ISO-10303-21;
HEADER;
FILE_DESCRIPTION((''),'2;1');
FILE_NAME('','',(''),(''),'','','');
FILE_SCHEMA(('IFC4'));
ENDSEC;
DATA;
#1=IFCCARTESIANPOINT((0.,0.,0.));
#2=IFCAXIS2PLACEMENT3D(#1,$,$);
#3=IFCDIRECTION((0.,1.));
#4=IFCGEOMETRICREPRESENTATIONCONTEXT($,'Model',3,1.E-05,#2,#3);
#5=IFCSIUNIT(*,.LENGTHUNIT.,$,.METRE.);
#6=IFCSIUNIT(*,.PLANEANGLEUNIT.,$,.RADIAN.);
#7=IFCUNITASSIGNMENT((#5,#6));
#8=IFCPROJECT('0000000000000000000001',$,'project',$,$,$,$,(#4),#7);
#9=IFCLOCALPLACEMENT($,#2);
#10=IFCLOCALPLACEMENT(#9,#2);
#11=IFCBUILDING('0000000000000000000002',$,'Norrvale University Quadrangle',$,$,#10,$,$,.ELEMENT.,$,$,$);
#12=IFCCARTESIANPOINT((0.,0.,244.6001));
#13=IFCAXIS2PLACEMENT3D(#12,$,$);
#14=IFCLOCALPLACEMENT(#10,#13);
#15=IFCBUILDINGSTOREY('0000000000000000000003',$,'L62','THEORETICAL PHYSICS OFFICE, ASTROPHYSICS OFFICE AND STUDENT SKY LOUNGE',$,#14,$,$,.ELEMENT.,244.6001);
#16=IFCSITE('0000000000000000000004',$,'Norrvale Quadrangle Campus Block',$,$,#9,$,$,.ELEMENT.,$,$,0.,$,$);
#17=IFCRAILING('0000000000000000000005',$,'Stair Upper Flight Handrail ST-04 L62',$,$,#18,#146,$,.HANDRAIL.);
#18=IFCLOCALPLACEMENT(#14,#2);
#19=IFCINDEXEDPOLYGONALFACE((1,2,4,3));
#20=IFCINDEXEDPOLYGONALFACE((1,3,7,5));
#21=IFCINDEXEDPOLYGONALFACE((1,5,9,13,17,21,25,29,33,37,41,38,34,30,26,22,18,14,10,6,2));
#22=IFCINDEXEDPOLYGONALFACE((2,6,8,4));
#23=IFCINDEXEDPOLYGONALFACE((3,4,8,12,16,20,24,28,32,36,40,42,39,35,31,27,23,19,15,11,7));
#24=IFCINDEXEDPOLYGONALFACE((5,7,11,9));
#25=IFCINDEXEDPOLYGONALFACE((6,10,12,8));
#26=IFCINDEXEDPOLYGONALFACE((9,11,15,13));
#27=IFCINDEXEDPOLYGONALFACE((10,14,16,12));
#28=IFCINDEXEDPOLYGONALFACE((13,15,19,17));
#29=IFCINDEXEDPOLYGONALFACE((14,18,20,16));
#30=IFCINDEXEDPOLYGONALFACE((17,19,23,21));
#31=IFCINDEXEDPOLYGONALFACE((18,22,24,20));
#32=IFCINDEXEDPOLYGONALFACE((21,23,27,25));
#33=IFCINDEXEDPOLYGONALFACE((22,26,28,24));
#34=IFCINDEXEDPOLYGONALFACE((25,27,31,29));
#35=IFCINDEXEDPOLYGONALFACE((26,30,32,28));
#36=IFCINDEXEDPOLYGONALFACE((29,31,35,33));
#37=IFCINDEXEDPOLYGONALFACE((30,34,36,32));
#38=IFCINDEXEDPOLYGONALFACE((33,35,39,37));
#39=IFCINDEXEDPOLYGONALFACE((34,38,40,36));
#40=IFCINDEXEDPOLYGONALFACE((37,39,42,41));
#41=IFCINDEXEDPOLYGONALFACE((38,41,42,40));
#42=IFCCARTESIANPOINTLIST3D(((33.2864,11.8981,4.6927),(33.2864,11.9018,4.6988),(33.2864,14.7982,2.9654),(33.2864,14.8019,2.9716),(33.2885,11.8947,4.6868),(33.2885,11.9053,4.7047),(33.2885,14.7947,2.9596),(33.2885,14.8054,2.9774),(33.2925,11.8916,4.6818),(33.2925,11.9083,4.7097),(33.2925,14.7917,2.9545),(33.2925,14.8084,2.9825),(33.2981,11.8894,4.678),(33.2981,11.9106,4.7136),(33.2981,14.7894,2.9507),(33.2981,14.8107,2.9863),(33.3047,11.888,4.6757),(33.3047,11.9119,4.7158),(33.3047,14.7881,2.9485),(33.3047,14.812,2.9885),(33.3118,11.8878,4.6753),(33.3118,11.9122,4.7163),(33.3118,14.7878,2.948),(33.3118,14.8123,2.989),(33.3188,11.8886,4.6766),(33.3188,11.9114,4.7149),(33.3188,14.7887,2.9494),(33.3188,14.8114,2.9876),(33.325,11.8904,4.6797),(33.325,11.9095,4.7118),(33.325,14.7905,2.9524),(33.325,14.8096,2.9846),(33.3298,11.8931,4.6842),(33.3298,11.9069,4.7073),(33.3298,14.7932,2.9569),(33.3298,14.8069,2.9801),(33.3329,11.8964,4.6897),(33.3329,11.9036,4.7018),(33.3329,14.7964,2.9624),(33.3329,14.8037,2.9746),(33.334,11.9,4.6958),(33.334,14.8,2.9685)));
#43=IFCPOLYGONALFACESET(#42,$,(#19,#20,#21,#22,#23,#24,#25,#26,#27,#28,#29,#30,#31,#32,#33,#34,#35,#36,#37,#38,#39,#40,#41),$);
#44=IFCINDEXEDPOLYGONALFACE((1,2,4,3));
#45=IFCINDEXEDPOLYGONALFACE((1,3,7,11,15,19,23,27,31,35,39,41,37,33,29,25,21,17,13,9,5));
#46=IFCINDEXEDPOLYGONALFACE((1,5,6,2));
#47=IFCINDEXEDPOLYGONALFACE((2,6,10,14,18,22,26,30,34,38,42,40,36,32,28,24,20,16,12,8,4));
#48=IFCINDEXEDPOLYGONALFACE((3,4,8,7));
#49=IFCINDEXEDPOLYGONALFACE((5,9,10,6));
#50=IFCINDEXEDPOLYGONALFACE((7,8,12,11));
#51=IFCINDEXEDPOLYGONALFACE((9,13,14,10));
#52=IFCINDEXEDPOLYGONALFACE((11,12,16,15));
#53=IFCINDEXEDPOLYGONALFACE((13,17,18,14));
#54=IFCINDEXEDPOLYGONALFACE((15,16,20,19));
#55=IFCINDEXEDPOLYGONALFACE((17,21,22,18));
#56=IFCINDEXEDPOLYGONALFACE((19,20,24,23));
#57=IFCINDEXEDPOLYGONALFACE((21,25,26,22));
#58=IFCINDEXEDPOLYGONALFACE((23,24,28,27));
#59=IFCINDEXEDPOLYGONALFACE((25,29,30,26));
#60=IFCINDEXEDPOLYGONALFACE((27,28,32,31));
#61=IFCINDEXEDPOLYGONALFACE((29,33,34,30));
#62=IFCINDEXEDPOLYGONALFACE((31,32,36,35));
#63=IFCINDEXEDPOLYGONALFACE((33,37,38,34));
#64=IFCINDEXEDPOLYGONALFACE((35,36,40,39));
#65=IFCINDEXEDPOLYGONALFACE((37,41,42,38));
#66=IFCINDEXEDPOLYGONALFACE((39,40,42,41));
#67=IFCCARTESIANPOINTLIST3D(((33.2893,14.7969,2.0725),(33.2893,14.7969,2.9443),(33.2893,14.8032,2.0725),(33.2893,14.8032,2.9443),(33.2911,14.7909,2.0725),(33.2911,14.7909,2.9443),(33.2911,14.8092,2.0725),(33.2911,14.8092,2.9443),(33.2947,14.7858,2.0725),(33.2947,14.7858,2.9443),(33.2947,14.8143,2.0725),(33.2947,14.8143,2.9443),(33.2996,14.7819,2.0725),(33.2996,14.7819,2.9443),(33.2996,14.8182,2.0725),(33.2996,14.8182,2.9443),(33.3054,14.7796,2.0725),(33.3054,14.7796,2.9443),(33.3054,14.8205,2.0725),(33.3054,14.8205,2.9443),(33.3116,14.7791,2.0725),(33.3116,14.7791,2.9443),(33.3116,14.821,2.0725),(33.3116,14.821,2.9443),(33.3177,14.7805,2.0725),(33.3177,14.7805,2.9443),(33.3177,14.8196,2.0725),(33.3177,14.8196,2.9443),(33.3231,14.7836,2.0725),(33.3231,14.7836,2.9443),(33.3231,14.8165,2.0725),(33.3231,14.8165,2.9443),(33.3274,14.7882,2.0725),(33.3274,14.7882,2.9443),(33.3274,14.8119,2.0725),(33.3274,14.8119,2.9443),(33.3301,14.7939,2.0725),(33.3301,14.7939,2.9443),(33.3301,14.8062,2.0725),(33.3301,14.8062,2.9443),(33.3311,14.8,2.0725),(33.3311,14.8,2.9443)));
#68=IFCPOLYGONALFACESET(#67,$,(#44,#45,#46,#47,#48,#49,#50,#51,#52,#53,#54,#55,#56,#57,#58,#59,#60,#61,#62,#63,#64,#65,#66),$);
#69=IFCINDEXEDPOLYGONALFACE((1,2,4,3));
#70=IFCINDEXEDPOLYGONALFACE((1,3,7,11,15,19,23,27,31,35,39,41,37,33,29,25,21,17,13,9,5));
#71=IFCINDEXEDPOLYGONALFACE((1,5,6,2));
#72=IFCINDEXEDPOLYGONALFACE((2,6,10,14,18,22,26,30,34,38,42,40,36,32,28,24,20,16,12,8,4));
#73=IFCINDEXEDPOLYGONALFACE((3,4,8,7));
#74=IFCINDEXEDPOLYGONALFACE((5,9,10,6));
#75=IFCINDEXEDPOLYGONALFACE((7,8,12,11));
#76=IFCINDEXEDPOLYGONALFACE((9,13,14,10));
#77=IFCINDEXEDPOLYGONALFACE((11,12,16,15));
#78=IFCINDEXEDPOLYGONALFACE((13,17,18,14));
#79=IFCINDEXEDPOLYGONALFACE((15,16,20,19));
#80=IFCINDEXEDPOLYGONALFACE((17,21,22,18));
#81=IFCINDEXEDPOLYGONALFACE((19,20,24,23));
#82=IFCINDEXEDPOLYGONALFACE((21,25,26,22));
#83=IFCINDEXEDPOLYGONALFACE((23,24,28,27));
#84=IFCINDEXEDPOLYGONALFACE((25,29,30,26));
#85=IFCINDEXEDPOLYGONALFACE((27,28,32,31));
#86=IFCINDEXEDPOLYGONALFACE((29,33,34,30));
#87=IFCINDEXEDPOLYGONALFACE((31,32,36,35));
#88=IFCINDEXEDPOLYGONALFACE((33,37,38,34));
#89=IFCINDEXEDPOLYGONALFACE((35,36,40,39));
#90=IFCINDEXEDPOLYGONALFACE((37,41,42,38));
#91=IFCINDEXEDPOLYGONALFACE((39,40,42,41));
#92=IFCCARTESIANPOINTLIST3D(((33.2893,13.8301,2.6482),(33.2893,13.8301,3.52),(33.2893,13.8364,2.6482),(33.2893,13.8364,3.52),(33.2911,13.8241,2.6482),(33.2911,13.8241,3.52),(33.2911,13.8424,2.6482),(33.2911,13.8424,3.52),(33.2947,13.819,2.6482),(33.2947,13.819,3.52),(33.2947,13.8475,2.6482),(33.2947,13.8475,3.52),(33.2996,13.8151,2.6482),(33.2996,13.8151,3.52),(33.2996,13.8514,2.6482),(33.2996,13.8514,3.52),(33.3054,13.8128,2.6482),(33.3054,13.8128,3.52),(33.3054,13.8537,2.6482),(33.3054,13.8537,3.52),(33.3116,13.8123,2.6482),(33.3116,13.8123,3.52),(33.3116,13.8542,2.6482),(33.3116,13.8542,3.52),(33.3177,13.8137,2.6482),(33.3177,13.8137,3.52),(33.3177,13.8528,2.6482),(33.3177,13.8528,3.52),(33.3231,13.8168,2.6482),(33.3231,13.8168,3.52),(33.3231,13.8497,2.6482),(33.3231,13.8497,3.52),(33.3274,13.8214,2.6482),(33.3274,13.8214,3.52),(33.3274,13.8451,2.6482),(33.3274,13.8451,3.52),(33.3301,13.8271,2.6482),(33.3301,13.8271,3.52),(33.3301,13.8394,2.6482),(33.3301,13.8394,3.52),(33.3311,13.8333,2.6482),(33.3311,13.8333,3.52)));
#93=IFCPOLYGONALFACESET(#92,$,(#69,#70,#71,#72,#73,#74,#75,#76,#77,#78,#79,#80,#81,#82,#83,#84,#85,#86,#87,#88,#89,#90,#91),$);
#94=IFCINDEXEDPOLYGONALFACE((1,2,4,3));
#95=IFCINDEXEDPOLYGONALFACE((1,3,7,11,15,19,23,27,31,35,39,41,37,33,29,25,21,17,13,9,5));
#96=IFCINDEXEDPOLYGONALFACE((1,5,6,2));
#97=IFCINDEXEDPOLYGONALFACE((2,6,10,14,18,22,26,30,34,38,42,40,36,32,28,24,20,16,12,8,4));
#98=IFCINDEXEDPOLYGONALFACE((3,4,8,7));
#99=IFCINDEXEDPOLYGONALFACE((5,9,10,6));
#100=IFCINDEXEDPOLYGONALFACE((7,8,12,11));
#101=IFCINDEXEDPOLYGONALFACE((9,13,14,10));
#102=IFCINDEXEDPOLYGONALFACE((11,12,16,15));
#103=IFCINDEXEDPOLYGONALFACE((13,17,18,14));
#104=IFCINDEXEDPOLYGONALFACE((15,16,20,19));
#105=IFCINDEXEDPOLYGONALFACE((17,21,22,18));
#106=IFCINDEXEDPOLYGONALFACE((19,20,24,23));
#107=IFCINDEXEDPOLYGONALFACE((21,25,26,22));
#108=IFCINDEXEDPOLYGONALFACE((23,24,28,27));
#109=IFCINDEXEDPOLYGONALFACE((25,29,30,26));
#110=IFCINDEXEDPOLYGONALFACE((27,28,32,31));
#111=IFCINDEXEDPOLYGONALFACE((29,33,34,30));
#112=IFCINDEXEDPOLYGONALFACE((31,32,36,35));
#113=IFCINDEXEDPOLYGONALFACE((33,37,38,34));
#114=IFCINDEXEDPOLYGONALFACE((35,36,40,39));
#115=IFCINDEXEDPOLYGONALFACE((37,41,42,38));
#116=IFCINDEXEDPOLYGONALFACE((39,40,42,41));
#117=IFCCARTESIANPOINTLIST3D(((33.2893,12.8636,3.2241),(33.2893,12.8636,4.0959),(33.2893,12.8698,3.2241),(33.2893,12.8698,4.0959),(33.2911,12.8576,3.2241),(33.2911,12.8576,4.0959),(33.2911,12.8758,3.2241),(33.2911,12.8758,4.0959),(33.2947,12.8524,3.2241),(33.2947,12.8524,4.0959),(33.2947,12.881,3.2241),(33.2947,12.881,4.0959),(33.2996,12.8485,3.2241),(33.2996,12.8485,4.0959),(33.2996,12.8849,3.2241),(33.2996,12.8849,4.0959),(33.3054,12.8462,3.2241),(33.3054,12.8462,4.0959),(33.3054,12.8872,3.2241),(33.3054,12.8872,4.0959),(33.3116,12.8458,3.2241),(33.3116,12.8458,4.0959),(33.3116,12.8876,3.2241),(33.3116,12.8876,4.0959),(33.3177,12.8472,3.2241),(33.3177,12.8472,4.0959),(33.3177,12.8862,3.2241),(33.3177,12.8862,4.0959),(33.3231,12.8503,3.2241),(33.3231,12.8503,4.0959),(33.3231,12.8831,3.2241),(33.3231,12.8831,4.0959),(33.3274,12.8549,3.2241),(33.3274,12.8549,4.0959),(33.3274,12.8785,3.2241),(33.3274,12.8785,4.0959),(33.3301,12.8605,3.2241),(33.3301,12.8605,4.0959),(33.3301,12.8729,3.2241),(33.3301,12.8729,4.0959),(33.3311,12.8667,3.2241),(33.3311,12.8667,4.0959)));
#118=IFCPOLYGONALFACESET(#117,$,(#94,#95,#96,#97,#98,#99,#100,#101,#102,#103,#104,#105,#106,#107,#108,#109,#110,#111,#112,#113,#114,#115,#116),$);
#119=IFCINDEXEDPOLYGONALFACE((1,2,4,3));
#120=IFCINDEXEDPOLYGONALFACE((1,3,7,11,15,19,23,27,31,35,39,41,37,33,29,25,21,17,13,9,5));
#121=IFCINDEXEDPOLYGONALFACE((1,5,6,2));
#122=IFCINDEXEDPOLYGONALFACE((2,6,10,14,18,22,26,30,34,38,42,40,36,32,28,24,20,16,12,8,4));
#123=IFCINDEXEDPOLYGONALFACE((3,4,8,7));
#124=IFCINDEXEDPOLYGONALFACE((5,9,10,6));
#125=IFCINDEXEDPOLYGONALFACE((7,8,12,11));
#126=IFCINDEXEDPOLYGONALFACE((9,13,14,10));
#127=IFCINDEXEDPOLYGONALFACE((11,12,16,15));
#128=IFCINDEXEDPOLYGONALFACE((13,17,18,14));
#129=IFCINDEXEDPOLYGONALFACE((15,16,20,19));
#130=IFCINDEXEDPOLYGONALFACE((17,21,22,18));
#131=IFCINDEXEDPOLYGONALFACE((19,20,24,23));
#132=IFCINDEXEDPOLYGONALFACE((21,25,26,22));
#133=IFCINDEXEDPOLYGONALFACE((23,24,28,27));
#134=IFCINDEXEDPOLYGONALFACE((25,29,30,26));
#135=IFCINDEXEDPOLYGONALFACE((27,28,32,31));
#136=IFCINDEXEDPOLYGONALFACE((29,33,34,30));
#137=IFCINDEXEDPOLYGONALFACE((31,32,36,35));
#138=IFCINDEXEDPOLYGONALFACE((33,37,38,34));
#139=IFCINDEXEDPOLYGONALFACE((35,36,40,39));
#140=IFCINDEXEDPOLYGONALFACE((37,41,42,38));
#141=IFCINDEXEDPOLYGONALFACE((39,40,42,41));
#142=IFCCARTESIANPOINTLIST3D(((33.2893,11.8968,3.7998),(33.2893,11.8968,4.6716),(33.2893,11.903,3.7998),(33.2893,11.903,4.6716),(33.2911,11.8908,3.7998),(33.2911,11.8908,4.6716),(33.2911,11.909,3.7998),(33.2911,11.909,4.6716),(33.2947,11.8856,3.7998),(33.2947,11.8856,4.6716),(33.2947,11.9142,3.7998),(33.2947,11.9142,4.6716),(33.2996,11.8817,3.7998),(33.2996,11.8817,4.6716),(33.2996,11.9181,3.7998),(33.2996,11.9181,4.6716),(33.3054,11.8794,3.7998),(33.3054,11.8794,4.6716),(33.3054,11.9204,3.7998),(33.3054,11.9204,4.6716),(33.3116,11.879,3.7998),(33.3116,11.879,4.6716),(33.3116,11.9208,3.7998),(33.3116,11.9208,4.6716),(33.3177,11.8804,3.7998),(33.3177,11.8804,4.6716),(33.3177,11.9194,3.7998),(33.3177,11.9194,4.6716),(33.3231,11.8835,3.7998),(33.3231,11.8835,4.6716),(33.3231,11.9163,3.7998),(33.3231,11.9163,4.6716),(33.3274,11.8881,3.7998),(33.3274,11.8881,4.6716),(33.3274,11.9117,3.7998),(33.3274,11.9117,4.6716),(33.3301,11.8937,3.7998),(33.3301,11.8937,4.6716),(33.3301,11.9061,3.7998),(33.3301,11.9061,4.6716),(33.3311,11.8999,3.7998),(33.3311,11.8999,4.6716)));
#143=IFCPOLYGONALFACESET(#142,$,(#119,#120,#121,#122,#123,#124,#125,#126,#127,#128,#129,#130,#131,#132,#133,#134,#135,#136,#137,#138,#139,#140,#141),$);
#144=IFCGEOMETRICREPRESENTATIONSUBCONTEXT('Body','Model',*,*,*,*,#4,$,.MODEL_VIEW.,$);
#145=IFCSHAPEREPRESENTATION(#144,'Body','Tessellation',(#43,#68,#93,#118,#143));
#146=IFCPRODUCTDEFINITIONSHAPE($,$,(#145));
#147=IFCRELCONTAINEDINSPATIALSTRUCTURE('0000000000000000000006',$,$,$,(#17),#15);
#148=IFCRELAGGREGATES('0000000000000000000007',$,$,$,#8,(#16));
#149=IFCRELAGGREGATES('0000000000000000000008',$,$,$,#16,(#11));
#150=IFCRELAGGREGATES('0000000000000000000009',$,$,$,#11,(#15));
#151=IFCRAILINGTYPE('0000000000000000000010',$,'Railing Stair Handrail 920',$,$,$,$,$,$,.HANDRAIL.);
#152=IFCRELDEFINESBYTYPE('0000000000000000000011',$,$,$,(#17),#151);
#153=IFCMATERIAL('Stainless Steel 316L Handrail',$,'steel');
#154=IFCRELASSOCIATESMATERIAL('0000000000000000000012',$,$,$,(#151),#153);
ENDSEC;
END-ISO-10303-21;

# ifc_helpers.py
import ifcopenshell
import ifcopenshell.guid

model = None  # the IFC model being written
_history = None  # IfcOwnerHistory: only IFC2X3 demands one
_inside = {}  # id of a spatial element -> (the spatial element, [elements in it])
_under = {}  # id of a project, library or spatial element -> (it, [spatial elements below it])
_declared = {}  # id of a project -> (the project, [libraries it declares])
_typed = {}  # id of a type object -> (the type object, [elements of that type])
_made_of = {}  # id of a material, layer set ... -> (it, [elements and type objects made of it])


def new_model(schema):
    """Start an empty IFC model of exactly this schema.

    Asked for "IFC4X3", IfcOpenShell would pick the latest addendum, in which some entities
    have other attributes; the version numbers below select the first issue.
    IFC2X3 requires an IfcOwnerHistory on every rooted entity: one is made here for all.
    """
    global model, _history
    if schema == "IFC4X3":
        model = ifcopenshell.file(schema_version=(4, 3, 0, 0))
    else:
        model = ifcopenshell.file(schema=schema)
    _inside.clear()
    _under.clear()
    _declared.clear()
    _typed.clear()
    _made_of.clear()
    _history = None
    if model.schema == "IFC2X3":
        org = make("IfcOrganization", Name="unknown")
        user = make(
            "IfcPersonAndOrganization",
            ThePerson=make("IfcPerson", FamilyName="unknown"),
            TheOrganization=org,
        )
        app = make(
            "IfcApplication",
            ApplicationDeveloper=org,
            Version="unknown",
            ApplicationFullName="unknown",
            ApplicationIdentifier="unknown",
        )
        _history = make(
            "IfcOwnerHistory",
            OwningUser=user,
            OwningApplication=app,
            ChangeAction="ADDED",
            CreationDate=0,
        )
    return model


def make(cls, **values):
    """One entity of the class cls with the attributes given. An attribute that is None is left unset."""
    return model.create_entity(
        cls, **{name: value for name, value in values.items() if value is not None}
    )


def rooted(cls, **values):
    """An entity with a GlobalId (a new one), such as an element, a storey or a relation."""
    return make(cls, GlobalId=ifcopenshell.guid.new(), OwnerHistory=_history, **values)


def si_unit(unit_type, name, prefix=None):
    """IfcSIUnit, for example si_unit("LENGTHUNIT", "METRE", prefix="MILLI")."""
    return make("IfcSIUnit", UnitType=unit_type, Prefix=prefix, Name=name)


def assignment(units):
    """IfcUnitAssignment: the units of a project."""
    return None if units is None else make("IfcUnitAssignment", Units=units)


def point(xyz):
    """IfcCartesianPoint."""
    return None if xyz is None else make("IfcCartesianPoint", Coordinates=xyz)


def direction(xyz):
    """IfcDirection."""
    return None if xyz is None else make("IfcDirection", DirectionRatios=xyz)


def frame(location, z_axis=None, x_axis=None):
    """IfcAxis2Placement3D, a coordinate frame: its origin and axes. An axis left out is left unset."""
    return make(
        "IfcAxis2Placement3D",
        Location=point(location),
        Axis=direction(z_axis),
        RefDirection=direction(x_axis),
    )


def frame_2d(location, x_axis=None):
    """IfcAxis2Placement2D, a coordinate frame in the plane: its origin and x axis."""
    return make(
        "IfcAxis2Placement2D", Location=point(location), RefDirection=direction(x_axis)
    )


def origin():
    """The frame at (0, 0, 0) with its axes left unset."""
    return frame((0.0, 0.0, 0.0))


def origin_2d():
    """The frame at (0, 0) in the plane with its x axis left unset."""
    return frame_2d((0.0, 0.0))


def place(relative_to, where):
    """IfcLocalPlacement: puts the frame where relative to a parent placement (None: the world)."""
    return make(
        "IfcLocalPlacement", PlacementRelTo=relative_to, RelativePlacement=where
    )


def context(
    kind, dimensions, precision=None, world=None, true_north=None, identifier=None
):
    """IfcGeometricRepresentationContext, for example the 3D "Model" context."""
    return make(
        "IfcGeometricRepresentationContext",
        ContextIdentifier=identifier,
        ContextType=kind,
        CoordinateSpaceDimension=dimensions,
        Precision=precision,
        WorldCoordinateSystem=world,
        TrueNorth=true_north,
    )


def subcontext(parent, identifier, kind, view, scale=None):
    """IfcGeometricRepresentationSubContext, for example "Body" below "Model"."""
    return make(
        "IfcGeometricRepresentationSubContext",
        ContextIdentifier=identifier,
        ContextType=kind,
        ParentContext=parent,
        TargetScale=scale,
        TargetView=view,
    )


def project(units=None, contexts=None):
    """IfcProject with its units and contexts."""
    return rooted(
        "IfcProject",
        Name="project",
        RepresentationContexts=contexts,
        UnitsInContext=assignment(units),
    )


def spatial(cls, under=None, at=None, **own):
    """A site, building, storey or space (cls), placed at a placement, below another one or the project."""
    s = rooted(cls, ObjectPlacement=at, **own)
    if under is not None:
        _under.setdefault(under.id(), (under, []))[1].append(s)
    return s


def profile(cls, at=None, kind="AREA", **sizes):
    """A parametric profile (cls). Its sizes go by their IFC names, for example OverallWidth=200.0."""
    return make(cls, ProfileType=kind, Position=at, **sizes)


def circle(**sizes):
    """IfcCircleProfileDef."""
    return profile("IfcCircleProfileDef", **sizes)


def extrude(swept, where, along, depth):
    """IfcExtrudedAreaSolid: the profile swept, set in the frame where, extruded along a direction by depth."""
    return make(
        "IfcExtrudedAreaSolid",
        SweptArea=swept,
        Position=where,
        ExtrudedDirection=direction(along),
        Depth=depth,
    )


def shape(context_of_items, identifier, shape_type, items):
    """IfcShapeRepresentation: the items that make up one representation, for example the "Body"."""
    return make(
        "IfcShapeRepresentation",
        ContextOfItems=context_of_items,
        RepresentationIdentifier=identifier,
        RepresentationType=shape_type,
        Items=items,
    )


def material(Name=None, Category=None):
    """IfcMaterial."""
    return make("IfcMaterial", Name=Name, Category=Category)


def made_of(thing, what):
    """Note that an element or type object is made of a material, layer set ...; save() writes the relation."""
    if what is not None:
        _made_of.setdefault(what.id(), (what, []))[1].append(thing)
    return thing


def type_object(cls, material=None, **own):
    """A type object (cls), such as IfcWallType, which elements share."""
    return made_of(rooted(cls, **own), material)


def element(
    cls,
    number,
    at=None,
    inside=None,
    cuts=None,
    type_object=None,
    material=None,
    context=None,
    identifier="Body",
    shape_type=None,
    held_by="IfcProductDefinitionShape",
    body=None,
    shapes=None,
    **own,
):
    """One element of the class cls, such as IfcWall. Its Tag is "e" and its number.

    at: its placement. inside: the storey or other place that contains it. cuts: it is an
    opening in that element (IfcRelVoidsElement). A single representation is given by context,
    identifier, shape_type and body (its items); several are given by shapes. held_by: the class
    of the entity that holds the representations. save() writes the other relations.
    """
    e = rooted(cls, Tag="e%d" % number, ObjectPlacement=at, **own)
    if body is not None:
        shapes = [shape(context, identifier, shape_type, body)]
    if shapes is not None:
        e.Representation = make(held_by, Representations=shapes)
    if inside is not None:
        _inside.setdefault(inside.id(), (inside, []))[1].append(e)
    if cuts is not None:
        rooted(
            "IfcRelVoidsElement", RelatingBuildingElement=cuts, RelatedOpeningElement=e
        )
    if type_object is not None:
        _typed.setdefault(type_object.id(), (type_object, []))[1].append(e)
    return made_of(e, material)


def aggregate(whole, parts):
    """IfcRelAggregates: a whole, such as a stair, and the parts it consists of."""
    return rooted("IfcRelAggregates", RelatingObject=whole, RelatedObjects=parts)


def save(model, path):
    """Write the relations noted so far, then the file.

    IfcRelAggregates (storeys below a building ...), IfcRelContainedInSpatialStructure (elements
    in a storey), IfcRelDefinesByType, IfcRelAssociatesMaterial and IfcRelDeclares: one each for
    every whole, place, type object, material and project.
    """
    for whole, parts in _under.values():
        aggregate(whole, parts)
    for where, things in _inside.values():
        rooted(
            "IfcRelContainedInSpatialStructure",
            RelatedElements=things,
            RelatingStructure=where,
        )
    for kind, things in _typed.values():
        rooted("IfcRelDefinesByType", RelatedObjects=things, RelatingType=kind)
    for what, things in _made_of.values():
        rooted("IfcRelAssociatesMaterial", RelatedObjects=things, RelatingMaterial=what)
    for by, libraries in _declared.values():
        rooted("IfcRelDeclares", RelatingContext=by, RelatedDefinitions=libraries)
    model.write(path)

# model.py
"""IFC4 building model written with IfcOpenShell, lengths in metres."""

from ifc_helpers import new_model, si_unit, direction, frame, origin, origin_2d, place, context, subcontext, project, spatial, circle, extrude, material, type_object, element, save


model = new_model("IFC4")

# Units and contexts
model_context = context("Model", 3, precision=1e-05, world=origin(), true_north=direction((0.0, 1.0)))
body_context = subcontext(model_context, "Body", "Model", "MODEL_VIEW")
ifc_project = project(units=[si_unit("LENGTHUNIT", "METRE"), si_unit("PLANEANGLEUNIT", "RADIAN")], contexts=[model_context])

# Site, building, storey
site_placement = place(None, origin())
site = spatial("IfcSite", under=ifc_project, at=site_placement, Name="Norrvale Quadrangle Campus Block", CompositionType="ELEMENT", RefElevation=0.0)
building_placement = place(site_placement, origin())
building = spatial("IfcBuilding", under=site, at=building_placement, Name="Norrvale University Quadrangle", CompositionType="ELEMENT")
storey_placement = place(building_placement, frame((0.0, 0.0, 244.6001)))
storey = spatial("IfcBuildingStorey", under=building, at=storey_placement, Name="L62", Description="THEORETICAL PHYSICS OFFICE, ASTROPHYSICS OFFICE AND STUDENT SKY LOUNGE", CompositionType="ELEMENT", Elevation=244.6001)

# Railing
ifc_material_1 = material(Name="Stainless Steel 316L Handrail", Category="steel")
railing_type_1 = type_object("IfcRailingType", Name="Railing Stair Handrail 920", PredefinedType="HANDRAIL", material=ifc_material_1)
railing_1_placement = place(storey_placement, frame((33.3101, 14.8, 2.0725)))
element("IfcRailing", 1, at=railing_1_placement, inside=storey, type_object=railing_type_1, Name="Stair Upper Flight Handrail ST-04 L62", PredefinedType="HANDRAIL", context=body_context, shape_type="SweptSolid", body=[
    extrude(circle(Radius=0.0239, at=origin_2d()), frame((0.0, 0.0, 0.896), z_axis=(0.0, -0.85916, 0.511706), x_axis=(1.0, 0.0, 0.0)), (0.0, 0.0, 1.0), 3.3755),
    extrude(circle(Radius=0.021, at=origin_2d()), origin(), (0.0, 0.0, 1.0), 0.8718),
    extrude(circle(Radius=0.021, at=origin_2d()), frame((0.0, -0.9668, 0.5757)), (0.0, 0.0, 1.0), 0.8718),
    extrude(circle(Radius=0.021, at=origin_2d()), frame((0.0, -1.9333, 1.1516)), (0.0, 0.0, 1.0), 0.8718),
    extrude(circle(Radius=0.021, at=origin_2d()), frame((0.0, -2.9001, 1.7273)), (0.0, 0.0, 1.0), 0.8718),
])

save(model, "model.ifc")
